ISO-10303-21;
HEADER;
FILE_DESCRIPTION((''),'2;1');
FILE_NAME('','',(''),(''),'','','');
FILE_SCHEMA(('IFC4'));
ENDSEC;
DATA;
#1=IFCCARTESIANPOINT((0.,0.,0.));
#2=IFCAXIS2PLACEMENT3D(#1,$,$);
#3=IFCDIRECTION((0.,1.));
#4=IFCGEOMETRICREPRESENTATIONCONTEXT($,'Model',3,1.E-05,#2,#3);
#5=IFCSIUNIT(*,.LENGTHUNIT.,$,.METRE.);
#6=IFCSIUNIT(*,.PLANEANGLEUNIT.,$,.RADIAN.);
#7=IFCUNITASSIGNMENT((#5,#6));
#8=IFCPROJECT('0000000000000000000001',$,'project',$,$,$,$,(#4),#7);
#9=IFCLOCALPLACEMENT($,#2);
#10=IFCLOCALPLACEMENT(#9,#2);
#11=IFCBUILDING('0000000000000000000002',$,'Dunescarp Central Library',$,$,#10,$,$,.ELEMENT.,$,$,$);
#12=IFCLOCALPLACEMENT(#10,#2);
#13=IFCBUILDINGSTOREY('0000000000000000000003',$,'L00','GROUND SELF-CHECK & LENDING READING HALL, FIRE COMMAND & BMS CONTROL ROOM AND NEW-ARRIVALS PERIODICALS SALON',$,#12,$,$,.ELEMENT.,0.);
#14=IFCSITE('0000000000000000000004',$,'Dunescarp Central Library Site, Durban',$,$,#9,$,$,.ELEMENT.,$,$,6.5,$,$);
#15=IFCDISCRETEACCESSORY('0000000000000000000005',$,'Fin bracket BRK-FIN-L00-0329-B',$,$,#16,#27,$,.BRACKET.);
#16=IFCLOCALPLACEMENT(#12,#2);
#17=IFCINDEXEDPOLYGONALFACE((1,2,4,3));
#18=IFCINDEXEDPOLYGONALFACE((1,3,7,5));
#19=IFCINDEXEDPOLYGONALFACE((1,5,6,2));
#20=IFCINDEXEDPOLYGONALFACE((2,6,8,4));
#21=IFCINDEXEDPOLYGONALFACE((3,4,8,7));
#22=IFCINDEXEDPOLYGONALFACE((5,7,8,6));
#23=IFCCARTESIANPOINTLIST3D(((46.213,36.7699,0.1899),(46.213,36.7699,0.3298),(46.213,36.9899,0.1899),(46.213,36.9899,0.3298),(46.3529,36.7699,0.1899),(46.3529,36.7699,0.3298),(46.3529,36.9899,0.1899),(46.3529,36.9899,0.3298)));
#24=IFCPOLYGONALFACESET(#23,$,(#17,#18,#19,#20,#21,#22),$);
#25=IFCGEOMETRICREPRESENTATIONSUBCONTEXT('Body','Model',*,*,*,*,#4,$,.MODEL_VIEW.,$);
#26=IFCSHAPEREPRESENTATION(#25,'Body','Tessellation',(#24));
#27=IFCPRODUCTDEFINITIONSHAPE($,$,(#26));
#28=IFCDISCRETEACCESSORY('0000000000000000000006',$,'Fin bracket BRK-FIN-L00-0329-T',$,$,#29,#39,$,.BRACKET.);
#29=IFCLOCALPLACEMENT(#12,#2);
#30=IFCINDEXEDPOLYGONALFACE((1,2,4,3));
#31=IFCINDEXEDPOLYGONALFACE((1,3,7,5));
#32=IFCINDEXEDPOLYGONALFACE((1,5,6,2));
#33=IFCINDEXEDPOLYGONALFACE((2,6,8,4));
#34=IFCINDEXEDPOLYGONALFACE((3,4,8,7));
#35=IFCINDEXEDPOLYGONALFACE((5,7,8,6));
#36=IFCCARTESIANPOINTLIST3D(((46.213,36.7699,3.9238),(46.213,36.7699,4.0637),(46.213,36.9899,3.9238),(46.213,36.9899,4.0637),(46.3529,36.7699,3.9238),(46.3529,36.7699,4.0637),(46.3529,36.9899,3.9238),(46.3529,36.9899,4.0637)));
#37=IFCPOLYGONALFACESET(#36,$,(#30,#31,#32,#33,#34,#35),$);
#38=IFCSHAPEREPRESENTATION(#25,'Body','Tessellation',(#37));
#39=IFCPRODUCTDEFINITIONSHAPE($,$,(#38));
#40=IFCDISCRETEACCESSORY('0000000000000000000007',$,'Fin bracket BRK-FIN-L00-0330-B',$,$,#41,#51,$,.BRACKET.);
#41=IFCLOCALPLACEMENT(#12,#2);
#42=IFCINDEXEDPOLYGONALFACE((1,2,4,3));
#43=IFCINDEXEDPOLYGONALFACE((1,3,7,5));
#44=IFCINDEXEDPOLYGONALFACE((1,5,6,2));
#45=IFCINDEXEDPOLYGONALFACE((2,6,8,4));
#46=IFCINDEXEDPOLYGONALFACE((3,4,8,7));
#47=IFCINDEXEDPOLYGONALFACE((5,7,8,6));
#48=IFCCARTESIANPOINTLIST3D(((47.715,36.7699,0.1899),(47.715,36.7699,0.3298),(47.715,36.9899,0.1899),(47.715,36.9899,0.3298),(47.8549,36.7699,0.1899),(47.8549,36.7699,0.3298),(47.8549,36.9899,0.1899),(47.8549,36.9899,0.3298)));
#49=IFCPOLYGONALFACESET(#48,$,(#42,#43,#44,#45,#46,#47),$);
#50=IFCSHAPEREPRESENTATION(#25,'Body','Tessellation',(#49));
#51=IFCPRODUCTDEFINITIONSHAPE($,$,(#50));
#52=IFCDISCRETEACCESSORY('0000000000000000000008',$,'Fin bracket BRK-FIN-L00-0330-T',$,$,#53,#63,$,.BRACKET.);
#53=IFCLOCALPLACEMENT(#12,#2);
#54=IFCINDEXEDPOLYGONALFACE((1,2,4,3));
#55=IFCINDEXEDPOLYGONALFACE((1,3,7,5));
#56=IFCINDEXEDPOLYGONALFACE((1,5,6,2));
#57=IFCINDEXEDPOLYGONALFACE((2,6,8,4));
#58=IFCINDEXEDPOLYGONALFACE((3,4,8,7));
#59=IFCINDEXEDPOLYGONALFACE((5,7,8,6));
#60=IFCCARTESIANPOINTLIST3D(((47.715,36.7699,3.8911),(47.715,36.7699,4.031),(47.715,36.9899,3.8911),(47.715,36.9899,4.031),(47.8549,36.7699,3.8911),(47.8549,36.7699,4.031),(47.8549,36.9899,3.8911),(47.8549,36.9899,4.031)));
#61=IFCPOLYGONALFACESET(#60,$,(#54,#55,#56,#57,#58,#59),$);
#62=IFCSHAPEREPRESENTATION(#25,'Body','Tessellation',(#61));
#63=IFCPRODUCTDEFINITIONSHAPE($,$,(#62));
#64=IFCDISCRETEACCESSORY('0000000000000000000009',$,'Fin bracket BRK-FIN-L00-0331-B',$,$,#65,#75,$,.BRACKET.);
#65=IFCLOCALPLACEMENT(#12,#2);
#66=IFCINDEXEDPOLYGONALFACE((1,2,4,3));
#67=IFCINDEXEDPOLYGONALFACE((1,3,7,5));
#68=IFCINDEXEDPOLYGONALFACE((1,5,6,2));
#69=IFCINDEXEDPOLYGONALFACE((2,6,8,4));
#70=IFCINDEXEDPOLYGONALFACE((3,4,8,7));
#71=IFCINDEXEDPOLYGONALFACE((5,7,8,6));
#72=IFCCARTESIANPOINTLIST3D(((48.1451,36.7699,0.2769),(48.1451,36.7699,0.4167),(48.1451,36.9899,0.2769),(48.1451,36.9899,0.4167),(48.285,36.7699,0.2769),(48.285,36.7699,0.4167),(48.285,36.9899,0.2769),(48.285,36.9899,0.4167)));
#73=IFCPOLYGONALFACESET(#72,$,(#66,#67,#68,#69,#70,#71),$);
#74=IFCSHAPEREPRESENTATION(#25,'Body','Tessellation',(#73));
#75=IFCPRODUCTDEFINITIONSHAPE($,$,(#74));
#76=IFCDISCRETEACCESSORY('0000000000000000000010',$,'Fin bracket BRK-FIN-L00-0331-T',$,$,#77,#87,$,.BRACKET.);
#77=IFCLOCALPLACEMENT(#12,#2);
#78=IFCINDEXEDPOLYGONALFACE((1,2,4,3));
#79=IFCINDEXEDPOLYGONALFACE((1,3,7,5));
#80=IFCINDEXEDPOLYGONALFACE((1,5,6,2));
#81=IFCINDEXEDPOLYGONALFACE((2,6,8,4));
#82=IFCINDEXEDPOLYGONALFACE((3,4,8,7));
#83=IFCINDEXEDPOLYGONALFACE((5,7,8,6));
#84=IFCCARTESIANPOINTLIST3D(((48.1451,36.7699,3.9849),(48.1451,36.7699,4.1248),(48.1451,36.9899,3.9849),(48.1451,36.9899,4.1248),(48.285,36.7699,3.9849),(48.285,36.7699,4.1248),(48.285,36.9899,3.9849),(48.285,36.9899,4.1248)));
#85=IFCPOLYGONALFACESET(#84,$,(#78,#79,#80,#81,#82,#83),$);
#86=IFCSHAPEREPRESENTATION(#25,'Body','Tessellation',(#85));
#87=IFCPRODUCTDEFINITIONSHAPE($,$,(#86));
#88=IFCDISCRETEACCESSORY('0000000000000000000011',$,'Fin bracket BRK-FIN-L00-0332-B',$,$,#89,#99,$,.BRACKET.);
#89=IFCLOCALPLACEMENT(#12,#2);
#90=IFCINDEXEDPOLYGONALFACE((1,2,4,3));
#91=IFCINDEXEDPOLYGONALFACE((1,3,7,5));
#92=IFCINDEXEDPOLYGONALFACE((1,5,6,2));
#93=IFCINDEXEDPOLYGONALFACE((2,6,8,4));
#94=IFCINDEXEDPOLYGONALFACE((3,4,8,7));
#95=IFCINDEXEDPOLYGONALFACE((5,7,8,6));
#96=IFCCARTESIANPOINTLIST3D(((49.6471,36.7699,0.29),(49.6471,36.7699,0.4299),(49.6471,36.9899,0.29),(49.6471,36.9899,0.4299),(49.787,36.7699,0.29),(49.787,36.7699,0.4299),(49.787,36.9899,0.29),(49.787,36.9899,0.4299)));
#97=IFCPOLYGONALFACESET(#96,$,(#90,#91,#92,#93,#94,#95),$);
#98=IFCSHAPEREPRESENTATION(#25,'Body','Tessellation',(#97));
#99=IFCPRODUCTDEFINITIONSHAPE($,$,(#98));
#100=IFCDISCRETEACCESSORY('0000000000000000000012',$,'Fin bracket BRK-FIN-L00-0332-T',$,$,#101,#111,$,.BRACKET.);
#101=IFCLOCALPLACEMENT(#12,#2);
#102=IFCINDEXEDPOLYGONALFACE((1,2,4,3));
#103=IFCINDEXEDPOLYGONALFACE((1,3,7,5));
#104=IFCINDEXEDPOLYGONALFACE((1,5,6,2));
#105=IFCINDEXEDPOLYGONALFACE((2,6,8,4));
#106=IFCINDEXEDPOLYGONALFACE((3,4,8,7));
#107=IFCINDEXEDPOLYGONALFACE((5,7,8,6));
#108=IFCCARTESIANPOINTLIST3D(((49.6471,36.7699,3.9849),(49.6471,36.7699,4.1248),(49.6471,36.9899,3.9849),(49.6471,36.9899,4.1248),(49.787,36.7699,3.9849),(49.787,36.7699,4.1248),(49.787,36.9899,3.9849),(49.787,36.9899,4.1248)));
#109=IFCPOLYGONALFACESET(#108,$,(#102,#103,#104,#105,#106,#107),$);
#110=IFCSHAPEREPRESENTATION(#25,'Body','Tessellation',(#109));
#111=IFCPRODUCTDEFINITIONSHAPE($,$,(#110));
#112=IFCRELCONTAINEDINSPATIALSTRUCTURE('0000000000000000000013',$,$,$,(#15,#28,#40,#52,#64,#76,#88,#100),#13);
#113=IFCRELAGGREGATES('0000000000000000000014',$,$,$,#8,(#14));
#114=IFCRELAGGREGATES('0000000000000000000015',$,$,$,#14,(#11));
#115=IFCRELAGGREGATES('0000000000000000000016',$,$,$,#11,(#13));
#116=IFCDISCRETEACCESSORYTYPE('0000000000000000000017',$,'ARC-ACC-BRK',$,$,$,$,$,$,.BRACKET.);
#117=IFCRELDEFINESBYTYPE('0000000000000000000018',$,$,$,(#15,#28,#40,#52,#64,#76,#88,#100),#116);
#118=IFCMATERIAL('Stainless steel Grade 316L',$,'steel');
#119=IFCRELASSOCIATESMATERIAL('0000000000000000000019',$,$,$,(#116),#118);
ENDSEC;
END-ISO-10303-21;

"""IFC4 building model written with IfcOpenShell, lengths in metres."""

from ifc_helpers import new_model, si_unit, direction, frame, origin, origin_2d, place, context, subcontext, project, spatial, rectangle, extrude, material, type_object, element, save


model = new_model("IFC4")

# Units and contexts
model_context = context("Model", 3, precision=1e-05, world=origin(), true_north=direction((0.0, 1.0)))
body_context = subcontext(model_context, "Body", "Model", "MODEL_VIEW")
ifc_project = project(units=[si_unit("LENGTHUNIT", "METRE"), si_unit("PLANEANGLEUNIT", "RADIAN")], contexts=[model_context])

# Site, building, storey
site_placement = place(None, origin())
site = spatial("IfcSite", under=ifc_project, at=site_placement, Name="Dunescarp Central Library Site, Durban", CompositionType="ELEMENT", RefElevation=6.5)
building_placement = place(site_placement, origin())
building = spatial("IfcBuilding", under=site, at=building_placement, Name="Dunescarp Central Library", CompositionType="ELEMENT")
storey_placement = place(building_placement, origin())
storey = spatial("IfcBuildingStorey", under=building, at=storey_placement, Name="L00", Description="GROUND SELF-CHECK & LENDING READING HALL, FIRE COMMAND & BMS CONTROL ROOM AND NEW-ARRIVALS PERIODICALS SALON", CompositionType="ELEMENT", Elevation=0.0)

# Discrete accessories
ifc_material_1 = material(Name="Stainless steel Grade 316L", Category="steel")
discrete_accessory_type = type_object("IfcDiscreteAccessoryType", Name="ARC-ACC-BRK", PredefinedType="BRACKET", material=ifc_material_1)
for number, where, z_axis, x_axis, name in (
    (1, (46.283, 36.8799, 0.1899), (0.0, 0.0, 1.0), (0.0, 1.0, 0.0), "Fin bracket BRK-FIN-L00-0329-B"),
    (2, (46.283, 36.8799, 3.9238), (0.0, 0.0, 1.0), (0.0, 1.0, 0.0), "Fin bracket BRK-FIN-L00-0329-T"),
    (3, (47.7849, 36.8799, 0.1899), (0.0, 0.0, 1.0), (0.0, 1.0, 0.0), "Fin bracket BRK-FIN-L00-0330-B"),
    (4, (47.7849, 36.8799, 3.8911), (0.0, 0.0, 1.0), (0.0, 1.0, 0.0), "Fin bracket BRK-FIN-L00-0330-T"),
    (5, (48.2151, 36.8799, 0.2769), (0.0, 0.0, 1.0), (0.0, 1.0, 0.0), "Fin bracket BRK-FIN-L00-0331-B"),
    (6, (48.2151, 36.8799, 3.9849), (0.0, 0.0, 1.0), (0.0, 1.0, 0.0), "Fin bracket BRK-FIN-L00-0331-T"),
    (7, (49.717, 36.8799, 0.29), (0.0, 0.0, 1.0), (0.0, 1.0, 0.0), "Fin bracket BRK-FIN-L00-0332-B"),
    (8, (49.717, 36.8799, 3.9849), (0.0, 0.0, 1.0), (0.0, 1.0, 0.0), "Fin bracket BRK-FIN-L00-0332-T"),
):
    element("IfcDiscreteAccessory", number, at=place(storey_placement, frame(where, z_axis=z_axis, x_axis=x_axis)), inside=storey, type_object=discrete_accessory_type, Name=name, PredefinedType="BRACKET", context=body_context, shape_type="SweptSolid", body=[
        extrude(rectangle(XDim=0.22, YDim=0.1399, at=origin_2d()), origin(), (0.0, 0.0, 1.0), 0.1399),
    ])

save(model, "model.ifc")
